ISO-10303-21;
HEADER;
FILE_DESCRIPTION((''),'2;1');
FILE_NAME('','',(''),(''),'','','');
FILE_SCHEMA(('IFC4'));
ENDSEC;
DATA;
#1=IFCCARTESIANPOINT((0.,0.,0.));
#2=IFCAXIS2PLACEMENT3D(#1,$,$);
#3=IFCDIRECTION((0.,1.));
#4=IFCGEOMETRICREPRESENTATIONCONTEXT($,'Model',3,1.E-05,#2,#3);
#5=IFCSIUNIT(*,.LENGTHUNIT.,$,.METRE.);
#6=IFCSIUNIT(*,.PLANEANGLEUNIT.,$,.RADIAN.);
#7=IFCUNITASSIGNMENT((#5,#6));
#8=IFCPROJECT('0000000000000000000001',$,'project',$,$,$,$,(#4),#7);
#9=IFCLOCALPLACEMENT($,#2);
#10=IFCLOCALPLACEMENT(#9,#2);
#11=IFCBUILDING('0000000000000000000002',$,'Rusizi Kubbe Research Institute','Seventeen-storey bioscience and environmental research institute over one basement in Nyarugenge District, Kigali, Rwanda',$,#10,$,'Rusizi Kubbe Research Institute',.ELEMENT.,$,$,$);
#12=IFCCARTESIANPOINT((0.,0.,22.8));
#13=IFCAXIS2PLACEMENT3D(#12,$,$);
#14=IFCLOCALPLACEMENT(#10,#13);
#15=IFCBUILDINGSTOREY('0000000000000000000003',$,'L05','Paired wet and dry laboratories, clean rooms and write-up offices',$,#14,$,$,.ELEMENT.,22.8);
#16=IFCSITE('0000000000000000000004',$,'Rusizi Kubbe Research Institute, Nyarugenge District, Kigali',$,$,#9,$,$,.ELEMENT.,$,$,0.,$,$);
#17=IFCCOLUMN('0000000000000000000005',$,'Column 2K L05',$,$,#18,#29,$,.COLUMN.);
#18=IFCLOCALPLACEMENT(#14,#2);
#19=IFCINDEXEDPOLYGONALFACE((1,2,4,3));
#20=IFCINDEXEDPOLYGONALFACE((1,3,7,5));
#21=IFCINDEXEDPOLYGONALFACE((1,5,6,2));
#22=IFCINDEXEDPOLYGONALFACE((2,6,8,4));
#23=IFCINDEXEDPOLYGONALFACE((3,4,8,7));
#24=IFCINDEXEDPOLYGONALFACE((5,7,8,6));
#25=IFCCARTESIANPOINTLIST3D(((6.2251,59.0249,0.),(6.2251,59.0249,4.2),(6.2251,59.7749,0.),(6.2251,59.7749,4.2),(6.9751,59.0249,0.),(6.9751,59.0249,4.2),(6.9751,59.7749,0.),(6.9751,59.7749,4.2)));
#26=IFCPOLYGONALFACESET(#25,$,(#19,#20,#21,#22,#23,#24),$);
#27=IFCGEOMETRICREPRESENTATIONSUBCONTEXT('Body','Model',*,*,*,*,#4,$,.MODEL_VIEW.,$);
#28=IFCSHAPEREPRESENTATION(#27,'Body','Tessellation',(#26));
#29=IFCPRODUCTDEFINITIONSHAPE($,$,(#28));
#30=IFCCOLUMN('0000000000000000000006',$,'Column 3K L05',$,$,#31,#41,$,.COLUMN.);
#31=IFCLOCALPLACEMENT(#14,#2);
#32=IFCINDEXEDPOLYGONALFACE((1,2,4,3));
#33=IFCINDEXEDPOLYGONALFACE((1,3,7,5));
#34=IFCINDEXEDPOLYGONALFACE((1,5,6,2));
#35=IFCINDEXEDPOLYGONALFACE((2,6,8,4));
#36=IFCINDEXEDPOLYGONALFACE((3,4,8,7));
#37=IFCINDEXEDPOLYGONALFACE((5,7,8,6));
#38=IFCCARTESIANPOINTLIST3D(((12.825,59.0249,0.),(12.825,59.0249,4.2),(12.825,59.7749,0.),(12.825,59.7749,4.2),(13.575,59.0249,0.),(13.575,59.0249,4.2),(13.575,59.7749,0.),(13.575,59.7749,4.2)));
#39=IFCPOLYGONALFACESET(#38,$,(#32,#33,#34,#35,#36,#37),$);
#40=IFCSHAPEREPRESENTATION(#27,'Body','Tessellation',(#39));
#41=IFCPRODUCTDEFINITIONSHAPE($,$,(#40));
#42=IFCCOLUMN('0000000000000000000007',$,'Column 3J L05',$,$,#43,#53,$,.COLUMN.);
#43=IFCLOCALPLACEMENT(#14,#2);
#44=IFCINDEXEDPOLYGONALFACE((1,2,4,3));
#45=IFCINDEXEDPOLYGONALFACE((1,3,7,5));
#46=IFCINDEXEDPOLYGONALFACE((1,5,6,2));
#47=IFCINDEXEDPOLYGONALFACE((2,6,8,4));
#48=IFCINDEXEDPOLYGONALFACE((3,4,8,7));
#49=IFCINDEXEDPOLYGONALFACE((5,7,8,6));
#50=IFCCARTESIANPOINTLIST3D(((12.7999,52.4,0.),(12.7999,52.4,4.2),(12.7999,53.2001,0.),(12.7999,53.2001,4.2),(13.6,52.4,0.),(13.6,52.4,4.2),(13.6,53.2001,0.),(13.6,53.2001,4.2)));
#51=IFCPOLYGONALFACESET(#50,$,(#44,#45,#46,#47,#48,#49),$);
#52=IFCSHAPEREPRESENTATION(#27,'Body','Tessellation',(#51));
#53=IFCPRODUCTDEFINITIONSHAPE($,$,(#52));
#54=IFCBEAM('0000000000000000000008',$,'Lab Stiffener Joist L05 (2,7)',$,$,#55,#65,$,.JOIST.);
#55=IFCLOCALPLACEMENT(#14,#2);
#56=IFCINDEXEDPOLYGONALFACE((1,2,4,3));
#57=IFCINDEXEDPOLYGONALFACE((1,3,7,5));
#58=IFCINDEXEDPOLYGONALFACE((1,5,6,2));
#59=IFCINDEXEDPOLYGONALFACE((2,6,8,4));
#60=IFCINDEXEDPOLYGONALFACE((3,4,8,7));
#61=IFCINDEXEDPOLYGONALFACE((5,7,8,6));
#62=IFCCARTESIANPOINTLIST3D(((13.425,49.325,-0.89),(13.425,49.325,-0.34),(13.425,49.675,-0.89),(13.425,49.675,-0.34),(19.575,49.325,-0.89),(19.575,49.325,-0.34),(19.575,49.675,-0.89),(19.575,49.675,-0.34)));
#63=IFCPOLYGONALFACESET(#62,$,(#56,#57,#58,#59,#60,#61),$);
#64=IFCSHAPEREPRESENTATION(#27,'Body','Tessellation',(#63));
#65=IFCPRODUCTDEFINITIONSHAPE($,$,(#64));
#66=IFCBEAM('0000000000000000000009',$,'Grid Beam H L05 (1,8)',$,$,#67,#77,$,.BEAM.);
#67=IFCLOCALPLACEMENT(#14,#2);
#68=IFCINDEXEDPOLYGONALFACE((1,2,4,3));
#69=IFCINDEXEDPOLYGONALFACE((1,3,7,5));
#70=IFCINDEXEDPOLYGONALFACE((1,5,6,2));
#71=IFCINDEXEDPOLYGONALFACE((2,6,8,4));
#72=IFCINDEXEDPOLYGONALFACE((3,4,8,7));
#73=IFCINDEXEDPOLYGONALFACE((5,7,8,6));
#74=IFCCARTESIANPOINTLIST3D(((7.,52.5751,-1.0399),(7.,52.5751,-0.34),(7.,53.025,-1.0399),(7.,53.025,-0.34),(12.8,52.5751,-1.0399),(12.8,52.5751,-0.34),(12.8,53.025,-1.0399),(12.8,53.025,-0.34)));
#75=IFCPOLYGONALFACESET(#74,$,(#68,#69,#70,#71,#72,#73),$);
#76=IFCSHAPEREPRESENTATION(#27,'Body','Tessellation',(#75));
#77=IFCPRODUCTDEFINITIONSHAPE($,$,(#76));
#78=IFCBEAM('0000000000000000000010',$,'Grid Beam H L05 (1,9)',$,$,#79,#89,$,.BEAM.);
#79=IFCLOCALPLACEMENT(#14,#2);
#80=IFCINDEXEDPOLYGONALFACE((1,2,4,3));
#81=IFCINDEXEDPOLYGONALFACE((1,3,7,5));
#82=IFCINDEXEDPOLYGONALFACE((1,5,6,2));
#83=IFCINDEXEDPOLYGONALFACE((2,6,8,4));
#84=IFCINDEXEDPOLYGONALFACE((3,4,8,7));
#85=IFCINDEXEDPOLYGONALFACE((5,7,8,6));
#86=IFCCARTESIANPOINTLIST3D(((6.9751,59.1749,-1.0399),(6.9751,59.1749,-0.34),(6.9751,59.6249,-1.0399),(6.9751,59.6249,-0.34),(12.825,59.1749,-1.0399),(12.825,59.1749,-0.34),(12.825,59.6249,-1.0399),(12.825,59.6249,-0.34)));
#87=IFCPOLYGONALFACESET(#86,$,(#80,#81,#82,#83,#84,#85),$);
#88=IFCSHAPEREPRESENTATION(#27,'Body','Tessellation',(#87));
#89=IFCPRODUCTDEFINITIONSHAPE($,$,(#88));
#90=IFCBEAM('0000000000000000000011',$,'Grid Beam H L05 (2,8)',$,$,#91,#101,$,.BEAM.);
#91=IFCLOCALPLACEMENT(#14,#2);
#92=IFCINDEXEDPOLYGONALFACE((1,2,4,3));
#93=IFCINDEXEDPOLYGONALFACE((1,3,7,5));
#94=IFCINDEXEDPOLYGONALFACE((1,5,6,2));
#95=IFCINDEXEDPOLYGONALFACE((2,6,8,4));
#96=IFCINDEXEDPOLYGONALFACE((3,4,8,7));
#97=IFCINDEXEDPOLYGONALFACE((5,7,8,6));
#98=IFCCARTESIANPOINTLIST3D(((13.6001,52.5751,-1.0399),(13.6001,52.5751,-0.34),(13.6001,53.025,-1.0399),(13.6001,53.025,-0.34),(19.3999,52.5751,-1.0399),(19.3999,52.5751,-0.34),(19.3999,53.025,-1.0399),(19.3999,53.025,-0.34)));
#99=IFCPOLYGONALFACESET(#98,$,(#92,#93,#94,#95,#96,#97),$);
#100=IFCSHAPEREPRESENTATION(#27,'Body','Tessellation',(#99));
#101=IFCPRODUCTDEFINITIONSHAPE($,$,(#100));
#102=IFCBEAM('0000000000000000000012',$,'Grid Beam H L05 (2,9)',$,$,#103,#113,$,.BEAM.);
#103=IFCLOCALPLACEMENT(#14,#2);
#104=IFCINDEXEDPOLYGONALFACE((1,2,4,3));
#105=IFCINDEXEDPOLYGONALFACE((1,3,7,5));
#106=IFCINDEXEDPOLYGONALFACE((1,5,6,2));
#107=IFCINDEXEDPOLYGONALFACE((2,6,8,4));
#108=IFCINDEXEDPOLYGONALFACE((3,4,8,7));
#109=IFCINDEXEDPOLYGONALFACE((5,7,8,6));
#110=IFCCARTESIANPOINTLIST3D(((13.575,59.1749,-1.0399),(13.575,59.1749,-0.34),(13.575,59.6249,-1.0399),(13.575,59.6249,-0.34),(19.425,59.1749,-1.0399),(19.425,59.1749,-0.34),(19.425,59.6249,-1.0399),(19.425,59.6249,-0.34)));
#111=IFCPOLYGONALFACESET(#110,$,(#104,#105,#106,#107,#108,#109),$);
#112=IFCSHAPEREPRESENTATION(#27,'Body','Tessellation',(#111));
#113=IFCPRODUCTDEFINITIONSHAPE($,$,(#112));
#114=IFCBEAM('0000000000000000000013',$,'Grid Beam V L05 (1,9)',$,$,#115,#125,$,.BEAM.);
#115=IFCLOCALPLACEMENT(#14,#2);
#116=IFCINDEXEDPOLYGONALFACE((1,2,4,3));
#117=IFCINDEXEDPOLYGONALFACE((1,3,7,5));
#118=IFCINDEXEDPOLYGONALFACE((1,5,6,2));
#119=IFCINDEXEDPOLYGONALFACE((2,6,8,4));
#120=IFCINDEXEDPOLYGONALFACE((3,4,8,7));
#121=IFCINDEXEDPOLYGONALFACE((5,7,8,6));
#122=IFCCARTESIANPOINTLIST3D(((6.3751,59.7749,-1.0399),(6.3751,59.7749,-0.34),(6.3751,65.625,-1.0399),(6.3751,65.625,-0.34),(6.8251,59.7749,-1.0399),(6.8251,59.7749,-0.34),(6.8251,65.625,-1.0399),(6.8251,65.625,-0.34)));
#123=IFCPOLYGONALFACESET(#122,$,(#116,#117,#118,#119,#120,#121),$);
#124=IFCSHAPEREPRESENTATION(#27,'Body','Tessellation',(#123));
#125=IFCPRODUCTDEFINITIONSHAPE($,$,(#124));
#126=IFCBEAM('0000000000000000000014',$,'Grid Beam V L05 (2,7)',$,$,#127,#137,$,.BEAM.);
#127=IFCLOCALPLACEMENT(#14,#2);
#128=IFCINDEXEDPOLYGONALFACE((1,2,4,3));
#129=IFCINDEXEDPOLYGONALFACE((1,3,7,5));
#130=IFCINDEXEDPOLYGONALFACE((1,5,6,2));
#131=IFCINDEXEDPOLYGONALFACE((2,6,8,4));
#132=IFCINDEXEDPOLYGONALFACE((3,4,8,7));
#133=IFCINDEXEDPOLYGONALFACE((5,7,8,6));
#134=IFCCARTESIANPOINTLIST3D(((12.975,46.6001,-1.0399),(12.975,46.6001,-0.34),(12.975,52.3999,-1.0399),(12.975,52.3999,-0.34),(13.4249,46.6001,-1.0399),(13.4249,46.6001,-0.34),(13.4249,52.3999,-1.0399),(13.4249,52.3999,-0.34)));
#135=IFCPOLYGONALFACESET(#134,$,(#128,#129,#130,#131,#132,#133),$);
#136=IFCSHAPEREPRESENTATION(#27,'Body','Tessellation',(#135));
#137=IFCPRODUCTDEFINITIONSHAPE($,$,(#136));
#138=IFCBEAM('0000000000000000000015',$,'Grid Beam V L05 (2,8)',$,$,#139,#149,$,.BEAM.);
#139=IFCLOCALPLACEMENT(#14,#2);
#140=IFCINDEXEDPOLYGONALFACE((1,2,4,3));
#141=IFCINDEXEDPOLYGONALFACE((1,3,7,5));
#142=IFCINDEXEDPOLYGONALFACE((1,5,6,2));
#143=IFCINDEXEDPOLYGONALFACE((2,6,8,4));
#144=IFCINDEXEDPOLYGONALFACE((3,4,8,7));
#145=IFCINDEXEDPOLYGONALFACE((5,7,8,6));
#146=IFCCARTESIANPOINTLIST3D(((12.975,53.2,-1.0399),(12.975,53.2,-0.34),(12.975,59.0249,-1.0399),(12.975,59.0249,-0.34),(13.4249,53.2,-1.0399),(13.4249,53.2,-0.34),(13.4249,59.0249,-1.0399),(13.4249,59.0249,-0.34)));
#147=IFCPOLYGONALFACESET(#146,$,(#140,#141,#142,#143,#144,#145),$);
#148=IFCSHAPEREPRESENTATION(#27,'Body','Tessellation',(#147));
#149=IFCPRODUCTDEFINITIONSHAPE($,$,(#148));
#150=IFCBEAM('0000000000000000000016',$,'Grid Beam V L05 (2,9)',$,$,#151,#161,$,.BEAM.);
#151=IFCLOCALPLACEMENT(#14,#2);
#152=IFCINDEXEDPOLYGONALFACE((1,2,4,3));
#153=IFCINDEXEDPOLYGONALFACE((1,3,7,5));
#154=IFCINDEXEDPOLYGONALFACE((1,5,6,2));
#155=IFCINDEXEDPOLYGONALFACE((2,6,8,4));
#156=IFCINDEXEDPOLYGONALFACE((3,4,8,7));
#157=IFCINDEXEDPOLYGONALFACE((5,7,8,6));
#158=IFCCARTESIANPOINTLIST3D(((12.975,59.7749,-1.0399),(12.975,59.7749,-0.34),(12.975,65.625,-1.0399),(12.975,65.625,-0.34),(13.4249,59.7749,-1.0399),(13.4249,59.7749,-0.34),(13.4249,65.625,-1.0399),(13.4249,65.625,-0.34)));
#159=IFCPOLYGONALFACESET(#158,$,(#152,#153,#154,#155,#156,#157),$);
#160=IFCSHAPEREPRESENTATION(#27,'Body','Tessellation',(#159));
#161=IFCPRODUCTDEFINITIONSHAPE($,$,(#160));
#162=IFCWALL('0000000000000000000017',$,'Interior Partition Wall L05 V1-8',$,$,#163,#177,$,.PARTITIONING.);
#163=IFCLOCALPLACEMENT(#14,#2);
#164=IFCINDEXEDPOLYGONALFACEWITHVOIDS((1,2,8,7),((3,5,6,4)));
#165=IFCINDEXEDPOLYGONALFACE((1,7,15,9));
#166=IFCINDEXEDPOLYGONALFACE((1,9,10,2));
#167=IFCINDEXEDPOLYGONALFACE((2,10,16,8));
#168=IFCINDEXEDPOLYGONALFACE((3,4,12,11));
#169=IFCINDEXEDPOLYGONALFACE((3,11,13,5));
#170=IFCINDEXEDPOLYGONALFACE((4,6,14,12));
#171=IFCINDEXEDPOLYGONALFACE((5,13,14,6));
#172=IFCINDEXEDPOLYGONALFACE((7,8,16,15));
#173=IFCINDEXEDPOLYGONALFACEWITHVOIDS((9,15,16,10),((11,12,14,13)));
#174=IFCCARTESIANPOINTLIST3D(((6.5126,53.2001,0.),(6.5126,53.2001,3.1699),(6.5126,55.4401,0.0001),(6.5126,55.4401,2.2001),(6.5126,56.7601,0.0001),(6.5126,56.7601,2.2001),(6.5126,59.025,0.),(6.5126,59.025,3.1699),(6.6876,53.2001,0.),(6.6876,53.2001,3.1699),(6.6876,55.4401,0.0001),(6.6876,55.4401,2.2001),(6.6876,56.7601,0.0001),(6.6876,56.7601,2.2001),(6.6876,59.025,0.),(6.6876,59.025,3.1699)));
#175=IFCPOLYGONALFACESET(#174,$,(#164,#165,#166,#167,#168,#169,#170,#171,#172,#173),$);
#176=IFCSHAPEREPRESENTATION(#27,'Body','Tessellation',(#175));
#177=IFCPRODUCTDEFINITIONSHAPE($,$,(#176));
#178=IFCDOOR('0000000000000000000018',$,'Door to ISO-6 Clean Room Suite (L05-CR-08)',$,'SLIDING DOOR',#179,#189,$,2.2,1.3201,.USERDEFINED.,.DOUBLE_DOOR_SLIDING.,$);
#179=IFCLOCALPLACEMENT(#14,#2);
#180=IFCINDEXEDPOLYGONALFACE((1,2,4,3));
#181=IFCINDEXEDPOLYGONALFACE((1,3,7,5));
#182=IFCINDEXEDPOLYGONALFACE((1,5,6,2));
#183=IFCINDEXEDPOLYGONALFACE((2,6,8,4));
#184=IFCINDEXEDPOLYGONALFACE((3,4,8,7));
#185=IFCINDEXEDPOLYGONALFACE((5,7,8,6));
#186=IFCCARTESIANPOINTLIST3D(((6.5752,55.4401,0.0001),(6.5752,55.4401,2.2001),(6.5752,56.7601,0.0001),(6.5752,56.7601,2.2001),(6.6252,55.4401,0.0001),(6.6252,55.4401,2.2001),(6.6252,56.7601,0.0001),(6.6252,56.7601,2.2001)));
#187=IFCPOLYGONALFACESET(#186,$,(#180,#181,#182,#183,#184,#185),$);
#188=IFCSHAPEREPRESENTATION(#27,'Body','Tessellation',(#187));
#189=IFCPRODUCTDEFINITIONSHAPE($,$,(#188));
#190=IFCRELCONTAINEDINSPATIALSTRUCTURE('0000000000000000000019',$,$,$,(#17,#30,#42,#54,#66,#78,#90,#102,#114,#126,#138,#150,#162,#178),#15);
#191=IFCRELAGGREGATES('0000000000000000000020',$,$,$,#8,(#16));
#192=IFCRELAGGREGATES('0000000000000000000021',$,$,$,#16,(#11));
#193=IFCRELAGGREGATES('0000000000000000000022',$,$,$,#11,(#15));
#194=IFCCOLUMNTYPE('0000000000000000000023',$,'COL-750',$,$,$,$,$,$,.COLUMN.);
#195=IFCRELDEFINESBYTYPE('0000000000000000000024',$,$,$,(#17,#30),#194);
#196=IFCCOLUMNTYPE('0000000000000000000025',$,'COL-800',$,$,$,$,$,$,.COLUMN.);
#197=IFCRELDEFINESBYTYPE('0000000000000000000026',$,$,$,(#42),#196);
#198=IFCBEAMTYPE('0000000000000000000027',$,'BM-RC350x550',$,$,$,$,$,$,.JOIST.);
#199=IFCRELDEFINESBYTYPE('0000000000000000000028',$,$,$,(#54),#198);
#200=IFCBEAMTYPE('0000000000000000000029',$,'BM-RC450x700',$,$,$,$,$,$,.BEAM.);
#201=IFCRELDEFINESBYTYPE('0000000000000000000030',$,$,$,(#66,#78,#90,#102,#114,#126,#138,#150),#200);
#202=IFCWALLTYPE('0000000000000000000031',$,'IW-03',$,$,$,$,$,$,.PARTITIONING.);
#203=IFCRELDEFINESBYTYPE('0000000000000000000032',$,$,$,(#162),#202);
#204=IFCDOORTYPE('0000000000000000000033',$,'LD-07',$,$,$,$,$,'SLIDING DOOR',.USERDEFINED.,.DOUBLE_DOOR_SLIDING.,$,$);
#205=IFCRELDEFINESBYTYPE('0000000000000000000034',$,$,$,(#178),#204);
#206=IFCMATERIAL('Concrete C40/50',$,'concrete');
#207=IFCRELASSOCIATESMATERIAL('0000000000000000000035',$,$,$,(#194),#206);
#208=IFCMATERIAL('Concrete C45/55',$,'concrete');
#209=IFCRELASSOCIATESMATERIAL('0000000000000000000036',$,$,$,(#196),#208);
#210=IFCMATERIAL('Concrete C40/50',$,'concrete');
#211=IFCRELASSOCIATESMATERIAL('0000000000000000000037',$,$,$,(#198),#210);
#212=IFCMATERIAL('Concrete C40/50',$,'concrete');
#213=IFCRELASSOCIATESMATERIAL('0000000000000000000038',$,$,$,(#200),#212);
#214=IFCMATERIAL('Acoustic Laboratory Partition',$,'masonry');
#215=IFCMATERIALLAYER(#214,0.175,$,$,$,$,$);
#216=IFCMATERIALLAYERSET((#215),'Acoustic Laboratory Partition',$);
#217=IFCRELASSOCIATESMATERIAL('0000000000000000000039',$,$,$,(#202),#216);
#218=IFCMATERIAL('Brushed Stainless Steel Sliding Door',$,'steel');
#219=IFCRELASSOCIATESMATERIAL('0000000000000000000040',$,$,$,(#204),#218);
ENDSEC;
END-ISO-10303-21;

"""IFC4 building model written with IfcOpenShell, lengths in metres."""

from ifc_helpers import new_model, si_unit, direction, frame, frame_2d, origin, origin_2d, place, context, subcontext, project, spatial, rectangle, extrude, material, layer, layer_set, material_profile, profile_set, type_object, element, fill, save


model = new_model("IFC4")

# Units and contexts
model_context = context("Model", 3, precision=1e-05, world=origin(), true_north=direction((0.0, 1.0)))
body_context = subcontext(model_context, "Body", "Model", "MODEL_VIEW")
ifc_project = project(units=[si_unit("LENGTHUNIT", "METRE"), si_unit("PLANEANGLEUNIT", "RADIAN")], contexts=[model_context])

# Site, building, storey
site_placement = place(None, origin())
site = spatial("IfcSite", under=ifc_project, at=site_placement, Name="Rusizi Kubbe Research Institute, Nyarugenge District, Kigali", CompositionType="ELEMENT", RefElevation=0.0)
building_placement = place(site_placement, origin())
building = spatial("IfcBuilding", under=site, at=building_placement, Name="Rusizi Kubbe Research Institute", Description="Seventeen-storey bioscience and environmental research institute over one basement in Nyarugenge District, Kigali, Rwanda", LongName="Rusizi Kubbe Research Institute", CompositionType="ELEMENT")
storey_placement = place(building_placement, frame((0.0, 0.0, 22.8)))
storey = spatial("IfcBuildingStorey", under=building, at=storey_placement, Name="L05", Description="Paired wet and dry laboratories, clean rooms and write-up offices", CompositionType="ELEMENT", Elevation=22.8)

# Columns
ifc_material_1 = material(Name="Concrete C40/50", Category="concrete")
ifc_material_profile_1 = material_profile(ifc_material_1, rectangle(XDim=0.75, YDim=0.75, at=origin_2d()), Name="RC750x750")
ifc_profile_set_1 = profile_set([ifc_material_profile_1], Name="Concrete C40/50")
column_type_1 = type_object("IfcColumnType", Name="COL-750", PredefinedType="COLUMN", material=ifc_profile_set_1)
for number, where, z_axis, x_axis, name in (
    (1, (6.6001, 59.3999, 0.0), (0.0, 0.0, 1.0), (1.0, 0.0, 0.0), "Column 2K L05"),
    (2, (13.2, 59.3999, 0.0), (0.0, 0.0, 1.0), (1.0, 0.0, 0.0), "Column 3K L05"),
):
    element("IfcColumn", number, at=place(storey_placement, frame(where, z_axis=z_axis, x_axis=x_axis)), inside=storey, type_object=column_type_1, Name=name, PredefinedType="COLUMN", context=body_context, shape_type="SweptSolid", body=[
        extrude(rectangle(XDim=0.75, YDim=0.75, at=origin_2d()), origin(), (0.0, 0.0, 1.0), 4.2),
    ])
ifc_material_2 = material(Name="Concrete C45/55", Category="concrete")
ifc_material_profile_2 = material_profile(ifc_material_2, rectangle(XDim=0.8, YDim=0.8, at=origin_2d()), Name="RC800x800")
ifc_profile_set_2 = profile_set([ifc_material_profile_2], Name="Concrete C45/55")
column_type_2 = type_object("IfcColumnType", Name="COL-800", PredefinedType="COLUMN", material=ifc_profile_set_2)
column_placement = place(storey_placement, frame((13.2, 52.8, 0.0), z_axis=(0.0, 0.0, 1.0), x_axis=(1.0, 0.0, 0.0)))
element("IfcColumn", 3, at=column_placement, inside=storey, type_object=column_type_2, Name="Column 3J L05", PredefinedType="COLUMN", context=body_context, shape_type="SweptSolid", body=[
    extrude(rectangle(XDim=0.8, YDim=0.8, at=origin_2d()), origin(), (0.0, 0.0, 1.0), 4.2),
])

# Beams
ifc_material_3 = material(Name="Concrete C40/50", Category="concrete")
ifc_material_profile_3 = material_profile(ifc_material_3, rectangle(XDim=0.3501, YDim=0.55, at=origin_2d()), Name="RC350x550")
ifc_profile_set_3 = profile_set([ifc_material_profile_3], Name="Concrete C40/50")
beam_type_1 = type_object("IfcBeamType", Name="BM-RC350x550", PredefinedType="JOIST", material=ifc_profile_set_3)
beam_1_placement = place(storey_placement, frame((13.425, 49.5, -0.615), z_axis=(1.0, 0.0, 0.0), x_axis=(0.0, 1.0, 0.0)))
element("IfcBeam", 4, at=beam_1_placement, inside=storey, type_object=beam_type_1, Name="Lab Stiffener Joist L05 (2,7)", PredefinedType="JOIST", context=body_context, shape_type="SweptSolid", body=[
    extrude(rectangle(XDim=0.3501, YDim=0.55, at=origin_2d()), origin(), (0.0, 0.0, 1.0), 6.1499),
])
ifc_material_4 = material(Name="Concrete C40/50", Category="concrete")
ifc_material_profile_4 = material_profile(ifc_material_4, rectangle(XDim=0.45, YDim=0.7, at=origin_2d()), Name="RC450x700B")
ifc_profile_set_4 = profile_set([ifc_material_profile_4], Name="Concrete C40/50")
beam_type_2 = type_object("IfcBeamType", Name="BM-RC450x700", PredefinedType="BEAM", material=ifc_profile_set_4)
beam_2_placement = place(storey_placement, frame((7.0, 52.8, -0.6899), z_axis=(1.0, 0.0, 0.0), x_axis=(0.0, 1.0, 0.0)))
element("IfcBeam", 5, at=beam_2_placement, inside=storey, type_object=beam_type_2, Name="Grid Beam H L05 (1,8)", PredefinedType="BEAM", context=body_context, shape_type="SweptSolid", body=[
    extrude(rectangle(XDim=0.45, YDim=0.7, at=origin_2d()), origin(), (0.0, 0.0, 1.0), 5.8),
])
beam_3_placement = place(storey_placement, frame((6.9751, 59.3999, -0.6899), z_axis=(1.0, 0.0, 0.0), x_axis=(0.0, 1.0, 0.0)))
element("IfcBeam", 6, at=beam_3_placement, inside=storey, type_object=beam_type_2, Name="Grid Beam H L05 (1,9)", PredefinedType="BEAM", context=body_context, shape_type="SweptSolid", body=[
    extrude(rectangle(XDim=0.45, YDim=0.7, at=origin_2d()), origin(), (0.0, 0.0, 1.0), 5.8499),
])
beam_4_placement = place(storey_placement, frame((13.6001, 52.8, -0.6899), z_axis=(1.0, 0.0, 0.0), x_axis=(0.0, 1.0, 0.0)))
element("IfcBeam", 7, at=beam_4_placement, inside=storey, type_object=beam_type_2, Name="Grid Beam H L05 (2,8)", PredefinedType="BEAM", context=body_context, shape_type="SweptSolid", body=[
    extrude(rectangle(XDim=0.45, YDim=0.7, at=origin_2d()), origin(), (0.0, 0.0, 1.0), 5.7998),
])
for number, where, z_axis, x_axis, name in (
    (8, (13.575, 59.3999, -0.6899), (1.0, 0.0, 0.0), (0.0, 1.0, 0.0), "Grid Beam H L05 (2,9)"),
    (9, (6.6001, 59.7749, -0.6899), (0.0, 1.0, 0.0), (-1.0, 0.0, 0.0), "Grid Beam V L05 (1,9)"),
):
    element("IfcBeam", number, at=place(storey_placement, frame(where, z_axis=z_axis, x_axis=x_axis)), inside=storey, type_object=beam_type_2, Name=name, PredefinedType="BEAM", context=body_context, shape_type="SweptSolid", body=[
        extrude(rectangle(XDim=0.45, YDim=0.7, at=origin_2d()), origin(), (0.0, 0.0, 1.0), 5.8501),
    ])
beam_5_placement = place(storey_placement, frame((13.2, 46.6001, -0.6899), z_axis=(0.0, 1.0, 0.0), x_axis=(-1.0, 0.0, 0.0)))
element("IfcBeam", 10, at=beam_5_placement, inside=storey, type_object=beam_type_2, Name="Grid Beam V L05 (2,7)", PredefinedType="BEAM", context=body_context, shape_type="SweptSolid", body=[
    extrude(rectangle(XDim=0.45, YDim=0.7, at=origin_2d()), origin(), (0.0, 0.0, 1.0), 5.7998),
])
beam_6_placement = place(storey_placement, frame((13.2, 53.2, -0.6899), z_axis=(0.0, 1.0, 0.0), x_axis=(-1.0, 0.0, 0.0)))
element("IfcBeam", 11, at=beam_6_placement, inside=storey, type_object=beam_type_2, Name="Grid Beam V L05 (2,8)", PredefinedType="BEAM", context=body_context, shape_type="SweptSolid", body=[
    extrude(rectangle(XDim=0.45, YDim=0.7, at=origin_2d()), origin(), (0.0, 0.0, 1.0), 5.825),
])
beam_7_placement = place(storey_placement, frame((13.2, 59.7749, -0.6899), z_axis=(0.0, 1.0, 0.0), x_axis=(-1.0, 0.0, 0.0)))
element("IfcBeam", 12, at=beam_7_placement, inside=storey, type_object=beam_type_2, Name="Grid Beam V L05 (2,9)", PredefinedType="BEAM", context=body_context, shape_type="SweptSolid", body=[
    extrude(rectangle(XDim=0.45, YDim=0.7, at=origin_2d()), origin(), (0.0, 0.0, 1.0), 5.8501),
])

# Wall, opening, door
ifc_material_5 = material(Name="Acoustic Laboratory Partition", Category="masonry")
ifc_layer_1 = layer(ifc_material_5, 0.175)
ifc_layer_set_1 = layer_set([ifc_layer_1], Name="Acoustic Laboratory Partition")
wall_type_1 = type_object("IfcWallType", Name="IW-03", PredefinedType="PARTITIONING", material=ifc_layer_set_1)
wall_1_placement = place(storey_placement, frame((6.6001, 53.2, 0.0), z_axis=(0.0, 0.0, 1.0), x_axis=(0.0, 1.0, 0.0)))
wall_1 = element("IfcWall", 13, at=wall_1_placement, inside=storey, type_object=wall_type_1, Name="Interior Partition Wall L05 V1-8", PredefinedType="PARTITIONING", context=body_context, shape_type="SweptSolid", body=[
    extrude(rectangle(XDim=5.825, YDim=0.175, at=frame_2d((2.9126, 0.0))), origin(), (0.0, 0.0, 1.0), 3.1699),
])
opening_1_placement = place(wall_1_placement, frame((2.24, 0.0, 0.0)))
opening_1 = element("IfcOpeningElement", 14, at=opening_1_placement, cuts=wall_1, PredefinedType="OPENING", context=body_context, shape_type="SweptSolid", body=[
    extrude(rectangle(XDim=1.3201, YDim=2.2, at=frame_2d((0.6602, 1.1001))), frame((0.0, 0.0974, 0.0), z_axis=(0.0, -1.0, 0.0), x_axis=(1.0, 0.0, 0.0)), (0.0, 0.0, 1.0), 0.1951),
])
ifc_material_6 = material(Name="Brushed Stainless Steel Sliding Door", Category="steel")
door_type_1 = type_object("IfcDoorType", Name="LD-07", ElementType="SLIDING DOOR", OperationType="DOUBLE_DOOR_SLIDING", PredefinedType="USERDEFINED", material=ifc_material_6)
door_1_placement = place(opening_1_placement, origin())
door_1 = element("IfcDoor", 15, at=door_1_placement, inside=storey, type_object=door_type_1, Name="Door to ISO-6 Clean Room Suite (L05-CR-08)", ObjectType="SLIDING DOOR", OperationType="DOUBLE_DOOR_SLIDING", OverallHeight=2.2, OverallWidth=1.3201, PredefinedType="USERDEFINED", context=body_context, shape_type="SweptSolid", body=[
    extrude(rectangle(XDim=1.3201, YDim=2.2, at=frame_2d((0.6602, 1.1001))), frame((0.0, 0.0249, 0.0), z_axis=(0.0, -1.0, 0.0), x_axis=(1.0, 0.0, 0.0)), (0.0, 0.0, 1.0), 0.05),
])
fill(opening_1, door_1)

save(model, "model.ifc")
